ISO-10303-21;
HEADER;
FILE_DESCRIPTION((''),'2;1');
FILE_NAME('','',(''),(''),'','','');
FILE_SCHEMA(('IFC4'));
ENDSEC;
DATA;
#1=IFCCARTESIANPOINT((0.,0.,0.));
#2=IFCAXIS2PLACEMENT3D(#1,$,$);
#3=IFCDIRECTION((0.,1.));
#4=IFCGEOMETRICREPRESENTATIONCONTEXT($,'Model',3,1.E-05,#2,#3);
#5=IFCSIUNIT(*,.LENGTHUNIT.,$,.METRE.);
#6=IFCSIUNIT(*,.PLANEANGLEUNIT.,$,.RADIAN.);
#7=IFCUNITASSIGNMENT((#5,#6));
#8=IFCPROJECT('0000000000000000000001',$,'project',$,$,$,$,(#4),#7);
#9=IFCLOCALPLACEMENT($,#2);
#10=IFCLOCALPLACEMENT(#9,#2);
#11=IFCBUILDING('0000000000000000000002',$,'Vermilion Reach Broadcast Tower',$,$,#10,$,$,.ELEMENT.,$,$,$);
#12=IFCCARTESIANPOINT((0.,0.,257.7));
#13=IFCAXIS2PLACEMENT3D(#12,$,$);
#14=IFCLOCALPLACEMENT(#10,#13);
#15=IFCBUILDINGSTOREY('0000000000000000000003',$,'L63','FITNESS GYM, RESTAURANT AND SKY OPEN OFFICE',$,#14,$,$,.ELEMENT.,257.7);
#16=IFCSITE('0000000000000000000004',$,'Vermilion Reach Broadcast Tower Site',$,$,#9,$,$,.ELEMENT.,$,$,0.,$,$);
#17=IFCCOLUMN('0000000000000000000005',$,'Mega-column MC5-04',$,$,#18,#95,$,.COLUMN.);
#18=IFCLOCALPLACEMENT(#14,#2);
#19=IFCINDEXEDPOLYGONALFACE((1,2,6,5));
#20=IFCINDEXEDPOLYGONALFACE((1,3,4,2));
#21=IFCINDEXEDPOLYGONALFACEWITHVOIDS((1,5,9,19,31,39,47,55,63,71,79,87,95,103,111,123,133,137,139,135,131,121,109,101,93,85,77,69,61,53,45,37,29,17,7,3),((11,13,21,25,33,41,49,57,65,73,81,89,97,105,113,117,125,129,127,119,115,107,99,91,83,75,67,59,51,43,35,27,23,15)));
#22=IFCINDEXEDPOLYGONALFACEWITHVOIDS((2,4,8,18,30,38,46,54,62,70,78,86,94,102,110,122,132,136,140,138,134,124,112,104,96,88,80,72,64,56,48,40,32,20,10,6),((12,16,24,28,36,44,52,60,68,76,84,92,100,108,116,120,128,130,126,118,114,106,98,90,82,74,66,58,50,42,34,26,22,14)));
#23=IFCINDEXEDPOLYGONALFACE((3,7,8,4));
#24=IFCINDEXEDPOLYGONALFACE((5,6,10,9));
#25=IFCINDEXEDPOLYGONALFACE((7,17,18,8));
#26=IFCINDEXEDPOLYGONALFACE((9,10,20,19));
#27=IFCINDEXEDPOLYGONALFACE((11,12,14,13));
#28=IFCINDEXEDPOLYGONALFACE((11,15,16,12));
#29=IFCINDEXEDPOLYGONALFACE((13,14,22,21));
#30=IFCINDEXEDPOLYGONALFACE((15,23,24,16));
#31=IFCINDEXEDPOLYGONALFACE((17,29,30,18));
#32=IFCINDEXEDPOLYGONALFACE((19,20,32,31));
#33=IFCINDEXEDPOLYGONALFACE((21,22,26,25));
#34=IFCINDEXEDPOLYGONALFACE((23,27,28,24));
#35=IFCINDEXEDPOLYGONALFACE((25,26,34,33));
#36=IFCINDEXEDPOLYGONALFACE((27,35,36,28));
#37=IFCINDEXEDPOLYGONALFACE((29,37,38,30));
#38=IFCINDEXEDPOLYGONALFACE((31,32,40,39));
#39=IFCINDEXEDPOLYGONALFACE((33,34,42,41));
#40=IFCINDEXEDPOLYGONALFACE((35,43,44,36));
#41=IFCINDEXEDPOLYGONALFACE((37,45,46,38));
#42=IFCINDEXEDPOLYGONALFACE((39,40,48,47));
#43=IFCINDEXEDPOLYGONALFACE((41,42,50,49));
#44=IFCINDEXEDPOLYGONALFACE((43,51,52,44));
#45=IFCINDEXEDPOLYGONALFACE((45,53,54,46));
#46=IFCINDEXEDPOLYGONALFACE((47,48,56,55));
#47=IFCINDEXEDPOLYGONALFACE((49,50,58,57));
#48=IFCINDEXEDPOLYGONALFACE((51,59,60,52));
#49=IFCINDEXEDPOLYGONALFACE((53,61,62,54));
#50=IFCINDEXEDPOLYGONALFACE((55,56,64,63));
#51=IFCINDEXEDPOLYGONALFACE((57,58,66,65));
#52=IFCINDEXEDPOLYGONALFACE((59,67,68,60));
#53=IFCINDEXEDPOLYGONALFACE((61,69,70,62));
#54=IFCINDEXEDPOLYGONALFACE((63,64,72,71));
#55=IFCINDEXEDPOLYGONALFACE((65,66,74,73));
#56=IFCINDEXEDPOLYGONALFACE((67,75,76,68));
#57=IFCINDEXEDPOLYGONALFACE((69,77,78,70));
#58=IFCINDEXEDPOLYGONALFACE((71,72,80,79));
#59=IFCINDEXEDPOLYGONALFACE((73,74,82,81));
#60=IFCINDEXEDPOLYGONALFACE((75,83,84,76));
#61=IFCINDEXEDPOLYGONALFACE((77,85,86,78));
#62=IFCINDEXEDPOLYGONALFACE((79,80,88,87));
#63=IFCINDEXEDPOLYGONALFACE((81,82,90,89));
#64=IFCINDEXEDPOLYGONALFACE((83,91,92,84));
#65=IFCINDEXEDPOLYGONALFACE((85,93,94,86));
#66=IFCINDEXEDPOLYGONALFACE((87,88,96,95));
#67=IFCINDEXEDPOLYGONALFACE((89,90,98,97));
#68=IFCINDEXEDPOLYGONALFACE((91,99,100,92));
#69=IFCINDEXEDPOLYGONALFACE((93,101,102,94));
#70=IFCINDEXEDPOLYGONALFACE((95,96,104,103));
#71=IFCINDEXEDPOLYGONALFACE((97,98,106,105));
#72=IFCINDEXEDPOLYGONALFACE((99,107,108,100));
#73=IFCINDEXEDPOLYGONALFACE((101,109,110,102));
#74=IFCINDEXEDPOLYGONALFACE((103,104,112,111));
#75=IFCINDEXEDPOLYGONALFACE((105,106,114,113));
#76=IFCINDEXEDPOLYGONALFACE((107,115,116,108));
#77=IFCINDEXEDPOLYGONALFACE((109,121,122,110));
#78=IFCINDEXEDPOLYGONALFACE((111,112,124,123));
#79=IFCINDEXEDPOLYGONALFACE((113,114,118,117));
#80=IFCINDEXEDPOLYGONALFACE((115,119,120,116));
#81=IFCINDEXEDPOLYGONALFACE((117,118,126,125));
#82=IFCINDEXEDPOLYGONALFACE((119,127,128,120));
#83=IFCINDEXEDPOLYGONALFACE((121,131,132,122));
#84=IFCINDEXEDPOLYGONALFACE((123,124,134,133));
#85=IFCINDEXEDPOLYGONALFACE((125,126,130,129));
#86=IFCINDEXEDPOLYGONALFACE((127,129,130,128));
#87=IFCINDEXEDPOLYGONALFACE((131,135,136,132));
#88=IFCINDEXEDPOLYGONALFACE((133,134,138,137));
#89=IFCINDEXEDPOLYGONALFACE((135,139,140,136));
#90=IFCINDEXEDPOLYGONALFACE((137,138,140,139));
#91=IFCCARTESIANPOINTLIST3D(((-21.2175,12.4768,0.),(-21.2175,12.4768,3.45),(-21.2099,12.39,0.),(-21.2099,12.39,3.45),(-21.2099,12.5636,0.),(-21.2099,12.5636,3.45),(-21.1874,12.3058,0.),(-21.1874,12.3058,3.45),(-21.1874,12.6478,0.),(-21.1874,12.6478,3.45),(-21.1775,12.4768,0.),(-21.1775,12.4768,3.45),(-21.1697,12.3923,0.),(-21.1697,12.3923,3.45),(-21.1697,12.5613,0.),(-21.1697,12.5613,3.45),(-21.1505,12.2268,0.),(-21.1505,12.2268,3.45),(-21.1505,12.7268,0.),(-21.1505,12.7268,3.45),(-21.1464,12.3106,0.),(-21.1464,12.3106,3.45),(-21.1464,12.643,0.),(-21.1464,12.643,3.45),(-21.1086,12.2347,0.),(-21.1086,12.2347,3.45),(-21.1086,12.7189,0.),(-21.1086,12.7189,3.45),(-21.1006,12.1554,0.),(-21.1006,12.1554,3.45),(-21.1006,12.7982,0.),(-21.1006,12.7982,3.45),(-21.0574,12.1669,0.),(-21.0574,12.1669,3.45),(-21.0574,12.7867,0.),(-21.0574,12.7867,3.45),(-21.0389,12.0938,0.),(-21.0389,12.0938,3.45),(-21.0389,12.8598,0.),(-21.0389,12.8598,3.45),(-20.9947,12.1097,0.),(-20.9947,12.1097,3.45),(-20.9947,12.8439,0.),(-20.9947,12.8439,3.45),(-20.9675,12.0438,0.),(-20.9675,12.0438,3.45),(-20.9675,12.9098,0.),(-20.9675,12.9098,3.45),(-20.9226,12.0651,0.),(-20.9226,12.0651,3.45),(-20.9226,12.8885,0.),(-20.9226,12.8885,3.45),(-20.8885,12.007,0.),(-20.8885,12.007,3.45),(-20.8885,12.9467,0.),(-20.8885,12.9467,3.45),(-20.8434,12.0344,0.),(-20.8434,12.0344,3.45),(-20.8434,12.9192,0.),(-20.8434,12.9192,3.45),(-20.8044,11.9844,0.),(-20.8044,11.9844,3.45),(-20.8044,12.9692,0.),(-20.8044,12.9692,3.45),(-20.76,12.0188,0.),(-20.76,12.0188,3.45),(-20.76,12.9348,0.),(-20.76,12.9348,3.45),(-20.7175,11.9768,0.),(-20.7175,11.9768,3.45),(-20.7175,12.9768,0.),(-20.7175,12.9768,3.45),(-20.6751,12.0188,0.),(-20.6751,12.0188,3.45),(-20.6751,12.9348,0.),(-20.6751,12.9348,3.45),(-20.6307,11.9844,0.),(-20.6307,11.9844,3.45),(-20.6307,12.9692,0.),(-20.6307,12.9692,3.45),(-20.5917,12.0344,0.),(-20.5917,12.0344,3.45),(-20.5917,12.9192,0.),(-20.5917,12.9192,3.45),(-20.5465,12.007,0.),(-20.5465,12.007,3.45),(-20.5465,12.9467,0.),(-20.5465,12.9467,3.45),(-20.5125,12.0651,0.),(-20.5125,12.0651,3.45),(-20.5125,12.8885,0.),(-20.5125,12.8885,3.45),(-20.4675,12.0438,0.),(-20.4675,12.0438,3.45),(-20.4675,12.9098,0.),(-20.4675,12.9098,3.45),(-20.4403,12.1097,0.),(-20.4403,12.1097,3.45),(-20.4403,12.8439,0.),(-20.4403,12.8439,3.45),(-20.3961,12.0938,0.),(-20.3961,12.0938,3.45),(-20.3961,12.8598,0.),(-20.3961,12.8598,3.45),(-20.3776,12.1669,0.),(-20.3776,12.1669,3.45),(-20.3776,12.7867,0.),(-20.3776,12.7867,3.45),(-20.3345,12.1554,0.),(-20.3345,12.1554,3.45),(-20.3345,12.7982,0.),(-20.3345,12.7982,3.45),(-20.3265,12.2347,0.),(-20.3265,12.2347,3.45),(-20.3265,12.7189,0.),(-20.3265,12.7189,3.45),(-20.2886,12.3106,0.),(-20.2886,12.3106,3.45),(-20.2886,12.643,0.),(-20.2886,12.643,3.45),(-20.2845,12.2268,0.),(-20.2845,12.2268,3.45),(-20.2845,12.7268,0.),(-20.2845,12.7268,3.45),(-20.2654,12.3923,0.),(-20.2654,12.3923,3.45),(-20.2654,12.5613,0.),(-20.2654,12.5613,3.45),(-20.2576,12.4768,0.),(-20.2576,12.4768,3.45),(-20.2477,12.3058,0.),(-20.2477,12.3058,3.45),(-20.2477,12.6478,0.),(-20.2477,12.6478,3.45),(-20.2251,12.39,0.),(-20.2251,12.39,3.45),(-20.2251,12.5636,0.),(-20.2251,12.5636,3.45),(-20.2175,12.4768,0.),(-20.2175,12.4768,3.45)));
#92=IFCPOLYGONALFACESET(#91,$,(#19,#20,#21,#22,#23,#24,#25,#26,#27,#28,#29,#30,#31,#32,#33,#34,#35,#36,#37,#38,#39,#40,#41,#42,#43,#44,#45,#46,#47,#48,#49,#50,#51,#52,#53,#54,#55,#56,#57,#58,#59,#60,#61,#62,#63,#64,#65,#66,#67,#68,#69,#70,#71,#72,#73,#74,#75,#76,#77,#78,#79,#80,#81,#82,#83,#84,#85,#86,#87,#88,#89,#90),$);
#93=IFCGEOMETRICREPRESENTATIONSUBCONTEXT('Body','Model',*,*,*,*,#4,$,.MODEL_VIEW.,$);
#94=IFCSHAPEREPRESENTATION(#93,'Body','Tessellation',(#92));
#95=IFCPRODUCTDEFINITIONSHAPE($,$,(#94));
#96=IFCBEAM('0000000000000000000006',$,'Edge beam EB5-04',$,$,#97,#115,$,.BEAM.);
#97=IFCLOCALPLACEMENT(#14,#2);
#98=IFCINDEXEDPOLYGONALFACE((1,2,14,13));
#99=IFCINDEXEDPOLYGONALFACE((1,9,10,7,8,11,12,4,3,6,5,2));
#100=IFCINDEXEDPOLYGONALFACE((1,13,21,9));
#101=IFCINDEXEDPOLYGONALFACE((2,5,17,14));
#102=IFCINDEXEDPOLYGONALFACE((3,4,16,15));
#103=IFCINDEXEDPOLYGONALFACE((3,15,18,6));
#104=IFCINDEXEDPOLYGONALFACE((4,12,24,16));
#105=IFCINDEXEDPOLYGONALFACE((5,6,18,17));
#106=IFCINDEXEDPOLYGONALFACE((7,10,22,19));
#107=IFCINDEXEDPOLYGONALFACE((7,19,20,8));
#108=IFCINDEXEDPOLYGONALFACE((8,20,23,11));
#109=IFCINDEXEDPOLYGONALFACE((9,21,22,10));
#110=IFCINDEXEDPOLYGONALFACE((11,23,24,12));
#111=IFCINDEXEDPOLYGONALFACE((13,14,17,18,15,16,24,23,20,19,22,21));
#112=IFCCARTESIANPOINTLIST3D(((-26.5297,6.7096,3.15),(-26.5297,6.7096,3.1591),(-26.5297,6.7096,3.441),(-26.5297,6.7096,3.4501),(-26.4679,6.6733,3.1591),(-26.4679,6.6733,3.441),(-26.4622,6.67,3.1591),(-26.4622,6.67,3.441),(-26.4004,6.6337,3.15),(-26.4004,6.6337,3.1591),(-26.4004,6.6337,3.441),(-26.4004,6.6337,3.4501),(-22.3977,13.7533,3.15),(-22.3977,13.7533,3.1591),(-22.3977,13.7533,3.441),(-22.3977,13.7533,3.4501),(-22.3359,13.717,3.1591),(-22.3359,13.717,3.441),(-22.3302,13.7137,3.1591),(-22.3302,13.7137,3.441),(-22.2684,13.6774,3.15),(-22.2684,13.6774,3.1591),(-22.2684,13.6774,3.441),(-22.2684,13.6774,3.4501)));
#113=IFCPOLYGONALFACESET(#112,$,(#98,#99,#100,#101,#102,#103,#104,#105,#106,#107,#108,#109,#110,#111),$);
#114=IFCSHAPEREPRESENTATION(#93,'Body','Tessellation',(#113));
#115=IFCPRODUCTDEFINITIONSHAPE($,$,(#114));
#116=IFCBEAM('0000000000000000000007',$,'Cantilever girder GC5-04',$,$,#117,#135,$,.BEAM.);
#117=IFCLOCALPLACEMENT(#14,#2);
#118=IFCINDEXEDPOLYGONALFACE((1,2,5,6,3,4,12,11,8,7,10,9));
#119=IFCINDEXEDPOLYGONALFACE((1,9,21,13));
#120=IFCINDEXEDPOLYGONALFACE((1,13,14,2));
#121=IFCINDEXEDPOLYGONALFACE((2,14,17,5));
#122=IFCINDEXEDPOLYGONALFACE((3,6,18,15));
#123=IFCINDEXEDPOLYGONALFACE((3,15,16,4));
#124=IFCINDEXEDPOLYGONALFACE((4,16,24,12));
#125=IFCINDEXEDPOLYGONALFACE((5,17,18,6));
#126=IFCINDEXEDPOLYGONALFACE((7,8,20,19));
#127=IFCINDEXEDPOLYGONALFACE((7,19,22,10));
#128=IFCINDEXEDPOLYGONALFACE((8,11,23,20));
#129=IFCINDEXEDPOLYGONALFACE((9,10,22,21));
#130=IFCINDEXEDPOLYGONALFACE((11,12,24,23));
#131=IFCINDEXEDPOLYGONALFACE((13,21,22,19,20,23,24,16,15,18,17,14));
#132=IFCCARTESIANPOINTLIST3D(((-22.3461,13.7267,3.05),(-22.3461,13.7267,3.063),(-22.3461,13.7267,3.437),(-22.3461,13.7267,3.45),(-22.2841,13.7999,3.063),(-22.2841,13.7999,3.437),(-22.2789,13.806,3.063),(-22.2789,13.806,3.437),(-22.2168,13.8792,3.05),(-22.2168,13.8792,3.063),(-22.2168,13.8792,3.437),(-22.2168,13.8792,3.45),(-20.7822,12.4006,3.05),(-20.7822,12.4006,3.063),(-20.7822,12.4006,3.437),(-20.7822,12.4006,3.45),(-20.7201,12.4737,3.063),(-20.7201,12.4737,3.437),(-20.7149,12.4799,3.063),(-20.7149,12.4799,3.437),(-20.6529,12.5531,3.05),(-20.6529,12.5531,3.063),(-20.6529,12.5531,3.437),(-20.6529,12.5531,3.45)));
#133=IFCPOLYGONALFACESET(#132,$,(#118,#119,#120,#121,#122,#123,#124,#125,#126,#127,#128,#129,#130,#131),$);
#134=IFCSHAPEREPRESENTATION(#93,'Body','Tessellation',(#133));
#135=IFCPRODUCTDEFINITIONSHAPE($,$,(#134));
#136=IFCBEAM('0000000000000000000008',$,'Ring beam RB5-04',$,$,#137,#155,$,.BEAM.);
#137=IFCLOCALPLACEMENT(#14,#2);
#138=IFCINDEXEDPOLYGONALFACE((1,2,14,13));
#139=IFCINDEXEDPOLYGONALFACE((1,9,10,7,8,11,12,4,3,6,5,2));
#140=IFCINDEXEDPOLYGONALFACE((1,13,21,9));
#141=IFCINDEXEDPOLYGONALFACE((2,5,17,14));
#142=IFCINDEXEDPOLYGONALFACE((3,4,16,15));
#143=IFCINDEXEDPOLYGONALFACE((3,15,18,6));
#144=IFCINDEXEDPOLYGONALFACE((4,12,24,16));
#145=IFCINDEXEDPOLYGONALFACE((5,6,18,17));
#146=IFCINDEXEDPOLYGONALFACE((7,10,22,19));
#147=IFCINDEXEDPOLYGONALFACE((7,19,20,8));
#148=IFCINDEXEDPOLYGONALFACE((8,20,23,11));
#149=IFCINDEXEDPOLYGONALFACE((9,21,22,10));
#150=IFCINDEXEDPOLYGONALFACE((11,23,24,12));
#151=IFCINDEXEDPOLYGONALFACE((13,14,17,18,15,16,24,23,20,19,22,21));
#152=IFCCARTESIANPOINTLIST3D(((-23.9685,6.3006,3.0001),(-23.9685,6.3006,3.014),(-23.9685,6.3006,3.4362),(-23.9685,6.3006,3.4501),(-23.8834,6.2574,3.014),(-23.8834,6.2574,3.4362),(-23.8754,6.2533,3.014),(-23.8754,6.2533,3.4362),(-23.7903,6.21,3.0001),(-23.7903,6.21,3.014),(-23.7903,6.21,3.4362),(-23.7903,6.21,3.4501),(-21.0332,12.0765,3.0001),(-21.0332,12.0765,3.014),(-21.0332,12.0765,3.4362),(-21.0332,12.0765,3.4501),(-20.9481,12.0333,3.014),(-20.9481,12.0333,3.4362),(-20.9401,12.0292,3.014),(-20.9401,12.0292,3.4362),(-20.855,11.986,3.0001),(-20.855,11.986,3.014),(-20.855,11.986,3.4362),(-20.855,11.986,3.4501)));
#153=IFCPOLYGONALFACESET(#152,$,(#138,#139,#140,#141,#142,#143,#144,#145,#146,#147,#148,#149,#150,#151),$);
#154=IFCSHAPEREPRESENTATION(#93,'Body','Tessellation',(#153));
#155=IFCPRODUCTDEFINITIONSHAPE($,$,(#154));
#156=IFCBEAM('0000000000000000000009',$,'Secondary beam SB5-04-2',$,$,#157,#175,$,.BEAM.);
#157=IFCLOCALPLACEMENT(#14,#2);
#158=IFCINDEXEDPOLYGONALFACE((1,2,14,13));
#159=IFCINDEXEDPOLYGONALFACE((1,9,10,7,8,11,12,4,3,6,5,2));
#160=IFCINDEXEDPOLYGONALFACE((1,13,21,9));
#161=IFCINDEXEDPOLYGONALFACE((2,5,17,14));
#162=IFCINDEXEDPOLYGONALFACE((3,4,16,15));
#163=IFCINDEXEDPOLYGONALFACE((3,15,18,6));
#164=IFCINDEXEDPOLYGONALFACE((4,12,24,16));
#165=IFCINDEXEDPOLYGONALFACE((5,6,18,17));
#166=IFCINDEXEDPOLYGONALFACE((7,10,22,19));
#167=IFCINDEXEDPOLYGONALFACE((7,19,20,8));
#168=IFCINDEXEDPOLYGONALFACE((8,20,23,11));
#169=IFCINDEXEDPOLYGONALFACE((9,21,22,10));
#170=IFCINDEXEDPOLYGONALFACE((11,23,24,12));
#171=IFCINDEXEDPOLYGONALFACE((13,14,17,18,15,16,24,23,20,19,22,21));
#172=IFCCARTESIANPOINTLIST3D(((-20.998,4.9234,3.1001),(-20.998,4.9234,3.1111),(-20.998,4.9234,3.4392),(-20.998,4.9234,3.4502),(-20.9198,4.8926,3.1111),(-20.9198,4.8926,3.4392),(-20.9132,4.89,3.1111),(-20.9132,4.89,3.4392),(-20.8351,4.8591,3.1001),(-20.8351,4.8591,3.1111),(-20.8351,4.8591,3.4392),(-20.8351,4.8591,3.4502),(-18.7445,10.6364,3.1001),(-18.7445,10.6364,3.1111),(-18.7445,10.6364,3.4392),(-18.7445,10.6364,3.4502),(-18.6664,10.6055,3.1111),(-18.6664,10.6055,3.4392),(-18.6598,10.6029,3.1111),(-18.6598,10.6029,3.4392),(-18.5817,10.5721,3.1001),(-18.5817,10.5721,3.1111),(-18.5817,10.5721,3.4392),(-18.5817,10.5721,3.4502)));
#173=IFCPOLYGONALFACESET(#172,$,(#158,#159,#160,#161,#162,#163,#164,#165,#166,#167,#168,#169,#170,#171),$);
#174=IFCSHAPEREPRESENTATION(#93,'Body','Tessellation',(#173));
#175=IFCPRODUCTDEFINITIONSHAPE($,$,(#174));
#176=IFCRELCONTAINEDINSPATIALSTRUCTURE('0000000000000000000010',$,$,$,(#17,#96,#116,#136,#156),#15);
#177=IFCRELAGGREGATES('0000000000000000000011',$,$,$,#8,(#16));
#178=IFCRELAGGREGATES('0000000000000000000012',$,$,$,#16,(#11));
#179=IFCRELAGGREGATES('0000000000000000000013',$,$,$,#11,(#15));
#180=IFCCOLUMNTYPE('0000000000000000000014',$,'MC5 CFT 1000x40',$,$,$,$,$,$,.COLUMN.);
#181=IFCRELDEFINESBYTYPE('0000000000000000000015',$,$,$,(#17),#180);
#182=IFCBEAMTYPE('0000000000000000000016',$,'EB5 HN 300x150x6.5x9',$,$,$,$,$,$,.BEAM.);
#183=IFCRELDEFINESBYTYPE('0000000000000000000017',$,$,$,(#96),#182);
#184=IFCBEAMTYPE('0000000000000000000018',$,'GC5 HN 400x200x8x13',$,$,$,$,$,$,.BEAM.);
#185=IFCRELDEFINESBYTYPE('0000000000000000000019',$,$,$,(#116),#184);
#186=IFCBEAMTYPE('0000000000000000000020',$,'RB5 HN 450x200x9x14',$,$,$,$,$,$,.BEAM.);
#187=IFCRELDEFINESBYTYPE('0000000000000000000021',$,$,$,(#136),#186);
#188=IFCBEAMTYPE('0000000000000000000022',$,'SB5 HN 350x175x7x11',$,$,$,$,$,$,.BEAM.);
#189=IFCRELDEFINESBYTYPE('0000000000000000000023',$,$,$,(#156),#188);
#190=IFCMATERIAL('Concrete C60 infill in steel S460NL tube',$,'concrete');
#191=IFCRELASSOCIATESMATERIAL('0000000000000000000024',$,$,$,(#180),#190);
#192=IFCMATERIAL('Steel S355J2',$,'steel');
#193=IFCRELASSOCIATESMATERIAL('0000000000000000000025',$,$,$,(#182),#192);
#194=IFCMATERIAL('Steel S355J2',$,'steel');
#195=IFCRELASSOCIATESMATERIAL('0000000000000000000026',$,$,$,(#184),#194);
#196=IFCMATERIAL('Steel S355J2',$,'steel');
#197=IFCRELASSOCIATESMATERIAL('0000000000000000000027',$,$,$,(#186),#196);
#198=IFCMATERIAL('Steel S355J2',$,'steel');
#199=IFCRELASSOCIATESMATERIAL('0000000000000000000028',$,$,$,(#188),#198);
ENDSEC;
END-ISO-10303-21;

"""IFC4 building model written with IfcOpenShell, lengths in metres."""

from ifc_helpers import new_model, si_unit, direction, frame, origin, origin_2d, place, context, subcontext, project, spatial, hollow_circle, i_section, extrude, material, material_profile, profile_set, type_object, element, save


model = new_model("IFC4")

# Units and contexts
model_context = context("Model", 3, precision=1e-05, world=origin(), true_north=direction((0.0, 1.0)))
body_context = subcontext(model_context, "Body", "Model", "MODEL_VIEW")
ifc_project = project(units=[si_unit("LENGTHUNIT", "METRE"), si_unit("PLANEANGLEUNIT", "RADIAN")], contexts=[model_context])

# Site, building, storey
site_placement = place(None, origin())
site = spatial("IfcSite", under=ifc_project, at=site_placement, Name="Vermilion Reach Broadcast Tower Site", CompositionType="ELEMENT", RefElevation=0.0)
building_placement = place(site_placement, origin())
building = spatial("IfcBuilding", under=site, at=building_placement, Name="Vermilion Reach Broadcast Tower", CompositionType="ELEMENT")
storey_placement = place(building_placement, frame((0.0, 0.0, 257.7)))
storey = spatial("IfcBuildingStorey", under=building, at=storey_placement, Name="L63", Description="FITNESS GYM, RESTAURANT AND SKY OPEN OFFICE", CompositionType="ELEMENT", Elevation=257.7)

# Column
ifc_material_1 = material(Name="Concrete C60 infill in steel S460NL tube", Category="concrete")
ifc_material_profile_1 = material_profile(ifc_material_1, hollow_circle(Radius=0.5, WallThickness=0.04, at=origin_2d()), Name="Concrete C60 infill in steel S460NL tube CFT 1000x40")
ifc_profile_set_1 = profile_set([ifc_material_profile_1], Name="Concrete C60 infill in steel S460NL tube")
column_type = type_object("IfcColumnType", Name="MC5 CFT 1000x40", PredefinedType="COLUMN", material=ifc_profile_set_1)
column_placement = place(storey_placement, frame((-20.7175, 12.4768, 0.0), z_axis=(0.0, 0.0, 1.0), x_axis=(1.0, 0.0, 0.0)))
element("IfcColumn", 1, at=column_placement, inside=storey, type_object=column_type, Name="Mega-column MC5-04", PredefinedType="COLUMN", context=body_context, shape_type="SweptSolid", body=[
    extrude(hollow_circle(Radius=0.5, WallThickness=0.04, at=origin_2d()), origin(), (0.0, 0.0, 1.0), 3.45),
])

# Beams
ifc_material_2 = material(Name="Steel S355J2", Category="steel")
ifc_material_profile_2 = material_profile(ifc_material_2, i_section(OverallWidth=0.1499, OverallDepth=0.3, WebThickness=0.0066, FlangeThickness=0.009, at=origin_2d()), Name="S355J2 HN 300x150x6.5x9")
ifc_profile_set_2 = profile_set([ifc_material_profile_2], Name="Steel S355J2")
beam_type_1 = type_object("IfcBeamType", Name="EB5 HN 300x150x6.5x9", PredefinedType="BEAM", material=ifc_profile_set_2)
beam_1_placement = place(storey_placement, frame((-22.333, 13.7153, 3.3), z_axis=(-0.505994, -0.862537, 0.0), x_axis=(0.862537, -0.505994, 0.0)))
element("IfcBeam", 2, at=beam_1_placement, inside=storey, type_object=beam_type_1, Name="Edge beam EB5-04", PredefinedType="BEAM", context=body_context, shape_type="SweptSolid", body=[
    extrude(i_section(OverallWidth=0.1499, OverallDepth=0.3, WebThickness=0.0066, FlangeThickness=0.009, at=origin_2d()), origin(), (0.0, 0.0, 1.0), 8.1663),
])
ifc_material_3 = material(Name="Steel S355J2", Category="steel")
ifc_material_profile_3 = material_profile(ifc_material_3, i_section(OverallWidth=0.2, OverallDepth=0.3999, WebThickness=0.0081, FlangeThickness=0.0129, at=origin_2d()), Name="S355J2 HN 400x200x8x13")
ifc_profile_set_3 = profile_set([ifc_material_profile_3], Name="Steel S355J2")
beam_type_2 = type_object("IfcBeamType", Name="GC5 HN 400x200x8x13", PredefinedType="BEAM", material=ifc_profile_set_3)
beam_2_placement = place(storey_placement, frame((-20.7175, 12.4768, 3.25), z_axis=(-0.762708, 0.646742, 0.0), x_axis=(-0.646742, -0.762708, 0.0)))
element("IfcBeam", 3, at=beam_2_placement, inside=storey, type_object=beam_type_2, Name="Cantilever girder GC5-04", PredefinedType="BEAM", context=body_context, shape_type="SweptSolid", body=[
    extrude(i_section(OverallWidth=0.2, OverallDepth=0.3999, WebThickness=0.0081, FlangeThickness=0.0129, at=origin_2d()), origin(), (0.0, 0.0, 1.0), 2.0505),
])
ifc_material_4 = material(Name="Steel S355J2", Category="steel")
ifc_material_profile_4 = material_profile(ifc_material_4, i_section(OverallWidth=0.2, OverallDepth=0.45, WebThickness=0.009, FlangeThickness=0.0139, at=origin_2d()), Name="S355J2 HN 450x200x9x14")
ifc_profile_set_4 = profile_set([ifc_material_profile_4], Name="Steel S355J2")
beam_type_3 = type_object("IfcBeamType", Name="RB5 HN 450x200x9x14", PredefinedType="BEAM", material=ifc_profile_set_4)
beam_3_placement = place(storey_placement, frame((-20.9441, 12.0312, 3.2251), z_axis=(-0.453052, -0.891484, 0.0), x_axis=(0.891484, -0.453052, 0.0)))
element("IfcBeam", 4, at=beam_3_placement, inside=storey, type_object=beam_type_3, Name="Ring beam RB5-04", PredefinedType="BEAM", context=body_context, shape_type="SweptSolid", body=[
    extrude(i_section(OverallWidth=0.2, OverallDepth=0.45, WebThickness=0.009, FlangeThickness=0.0139, at=origin_2d()), origin(), (0.0, 0.0, 1.0), 6.479),
])
ifc_material_5 = material(Name="Steel S355J2", Category="steel")
ifc_material_profile_5 = material_profile(ifc_material_5, i_section(OverallWidth=0.175, OverallDepth=0.3501, WebThickness=0.0071, FlangeThickness=0.011, at=origin_2d()), Name="S355J2 HN 350x175x7x11")
ifc_profile_set_5 = profile_set([ifc_material_profile_5], Name="Steel S355J2")
beam_type_4 = type_object("IfcBeamType", Name="SB5 HN 350x175x7x11", PredefinedType="BEAM", material=ifc_profile_set_5)
beam_4_placement = place(storey_placement, frame((-18.6631, 10.6042, 3.2751), z_axis=(-0.366931, -0.930248, 0.0), x_axis=(0.930248, -0.366931, 0.0)))
element("IfcBeam", 5, at=beam_4_placement, inside=storey, type_object=beam_type_4, Name="Secondary beam SB5-04-2", PredefinedType="BEAM", context=body_context, shape_type="SweptSolid", body=[
    extrude(i_section(OverallWidth=0.175, OverallDepth=0.3501, WebThickness=0.0071, FlangeThickness=0.011, at=origin_2d()), origin(), (0.0, 0.0, 1.0), 6.1414),
])

save(model, "model.ifc")
